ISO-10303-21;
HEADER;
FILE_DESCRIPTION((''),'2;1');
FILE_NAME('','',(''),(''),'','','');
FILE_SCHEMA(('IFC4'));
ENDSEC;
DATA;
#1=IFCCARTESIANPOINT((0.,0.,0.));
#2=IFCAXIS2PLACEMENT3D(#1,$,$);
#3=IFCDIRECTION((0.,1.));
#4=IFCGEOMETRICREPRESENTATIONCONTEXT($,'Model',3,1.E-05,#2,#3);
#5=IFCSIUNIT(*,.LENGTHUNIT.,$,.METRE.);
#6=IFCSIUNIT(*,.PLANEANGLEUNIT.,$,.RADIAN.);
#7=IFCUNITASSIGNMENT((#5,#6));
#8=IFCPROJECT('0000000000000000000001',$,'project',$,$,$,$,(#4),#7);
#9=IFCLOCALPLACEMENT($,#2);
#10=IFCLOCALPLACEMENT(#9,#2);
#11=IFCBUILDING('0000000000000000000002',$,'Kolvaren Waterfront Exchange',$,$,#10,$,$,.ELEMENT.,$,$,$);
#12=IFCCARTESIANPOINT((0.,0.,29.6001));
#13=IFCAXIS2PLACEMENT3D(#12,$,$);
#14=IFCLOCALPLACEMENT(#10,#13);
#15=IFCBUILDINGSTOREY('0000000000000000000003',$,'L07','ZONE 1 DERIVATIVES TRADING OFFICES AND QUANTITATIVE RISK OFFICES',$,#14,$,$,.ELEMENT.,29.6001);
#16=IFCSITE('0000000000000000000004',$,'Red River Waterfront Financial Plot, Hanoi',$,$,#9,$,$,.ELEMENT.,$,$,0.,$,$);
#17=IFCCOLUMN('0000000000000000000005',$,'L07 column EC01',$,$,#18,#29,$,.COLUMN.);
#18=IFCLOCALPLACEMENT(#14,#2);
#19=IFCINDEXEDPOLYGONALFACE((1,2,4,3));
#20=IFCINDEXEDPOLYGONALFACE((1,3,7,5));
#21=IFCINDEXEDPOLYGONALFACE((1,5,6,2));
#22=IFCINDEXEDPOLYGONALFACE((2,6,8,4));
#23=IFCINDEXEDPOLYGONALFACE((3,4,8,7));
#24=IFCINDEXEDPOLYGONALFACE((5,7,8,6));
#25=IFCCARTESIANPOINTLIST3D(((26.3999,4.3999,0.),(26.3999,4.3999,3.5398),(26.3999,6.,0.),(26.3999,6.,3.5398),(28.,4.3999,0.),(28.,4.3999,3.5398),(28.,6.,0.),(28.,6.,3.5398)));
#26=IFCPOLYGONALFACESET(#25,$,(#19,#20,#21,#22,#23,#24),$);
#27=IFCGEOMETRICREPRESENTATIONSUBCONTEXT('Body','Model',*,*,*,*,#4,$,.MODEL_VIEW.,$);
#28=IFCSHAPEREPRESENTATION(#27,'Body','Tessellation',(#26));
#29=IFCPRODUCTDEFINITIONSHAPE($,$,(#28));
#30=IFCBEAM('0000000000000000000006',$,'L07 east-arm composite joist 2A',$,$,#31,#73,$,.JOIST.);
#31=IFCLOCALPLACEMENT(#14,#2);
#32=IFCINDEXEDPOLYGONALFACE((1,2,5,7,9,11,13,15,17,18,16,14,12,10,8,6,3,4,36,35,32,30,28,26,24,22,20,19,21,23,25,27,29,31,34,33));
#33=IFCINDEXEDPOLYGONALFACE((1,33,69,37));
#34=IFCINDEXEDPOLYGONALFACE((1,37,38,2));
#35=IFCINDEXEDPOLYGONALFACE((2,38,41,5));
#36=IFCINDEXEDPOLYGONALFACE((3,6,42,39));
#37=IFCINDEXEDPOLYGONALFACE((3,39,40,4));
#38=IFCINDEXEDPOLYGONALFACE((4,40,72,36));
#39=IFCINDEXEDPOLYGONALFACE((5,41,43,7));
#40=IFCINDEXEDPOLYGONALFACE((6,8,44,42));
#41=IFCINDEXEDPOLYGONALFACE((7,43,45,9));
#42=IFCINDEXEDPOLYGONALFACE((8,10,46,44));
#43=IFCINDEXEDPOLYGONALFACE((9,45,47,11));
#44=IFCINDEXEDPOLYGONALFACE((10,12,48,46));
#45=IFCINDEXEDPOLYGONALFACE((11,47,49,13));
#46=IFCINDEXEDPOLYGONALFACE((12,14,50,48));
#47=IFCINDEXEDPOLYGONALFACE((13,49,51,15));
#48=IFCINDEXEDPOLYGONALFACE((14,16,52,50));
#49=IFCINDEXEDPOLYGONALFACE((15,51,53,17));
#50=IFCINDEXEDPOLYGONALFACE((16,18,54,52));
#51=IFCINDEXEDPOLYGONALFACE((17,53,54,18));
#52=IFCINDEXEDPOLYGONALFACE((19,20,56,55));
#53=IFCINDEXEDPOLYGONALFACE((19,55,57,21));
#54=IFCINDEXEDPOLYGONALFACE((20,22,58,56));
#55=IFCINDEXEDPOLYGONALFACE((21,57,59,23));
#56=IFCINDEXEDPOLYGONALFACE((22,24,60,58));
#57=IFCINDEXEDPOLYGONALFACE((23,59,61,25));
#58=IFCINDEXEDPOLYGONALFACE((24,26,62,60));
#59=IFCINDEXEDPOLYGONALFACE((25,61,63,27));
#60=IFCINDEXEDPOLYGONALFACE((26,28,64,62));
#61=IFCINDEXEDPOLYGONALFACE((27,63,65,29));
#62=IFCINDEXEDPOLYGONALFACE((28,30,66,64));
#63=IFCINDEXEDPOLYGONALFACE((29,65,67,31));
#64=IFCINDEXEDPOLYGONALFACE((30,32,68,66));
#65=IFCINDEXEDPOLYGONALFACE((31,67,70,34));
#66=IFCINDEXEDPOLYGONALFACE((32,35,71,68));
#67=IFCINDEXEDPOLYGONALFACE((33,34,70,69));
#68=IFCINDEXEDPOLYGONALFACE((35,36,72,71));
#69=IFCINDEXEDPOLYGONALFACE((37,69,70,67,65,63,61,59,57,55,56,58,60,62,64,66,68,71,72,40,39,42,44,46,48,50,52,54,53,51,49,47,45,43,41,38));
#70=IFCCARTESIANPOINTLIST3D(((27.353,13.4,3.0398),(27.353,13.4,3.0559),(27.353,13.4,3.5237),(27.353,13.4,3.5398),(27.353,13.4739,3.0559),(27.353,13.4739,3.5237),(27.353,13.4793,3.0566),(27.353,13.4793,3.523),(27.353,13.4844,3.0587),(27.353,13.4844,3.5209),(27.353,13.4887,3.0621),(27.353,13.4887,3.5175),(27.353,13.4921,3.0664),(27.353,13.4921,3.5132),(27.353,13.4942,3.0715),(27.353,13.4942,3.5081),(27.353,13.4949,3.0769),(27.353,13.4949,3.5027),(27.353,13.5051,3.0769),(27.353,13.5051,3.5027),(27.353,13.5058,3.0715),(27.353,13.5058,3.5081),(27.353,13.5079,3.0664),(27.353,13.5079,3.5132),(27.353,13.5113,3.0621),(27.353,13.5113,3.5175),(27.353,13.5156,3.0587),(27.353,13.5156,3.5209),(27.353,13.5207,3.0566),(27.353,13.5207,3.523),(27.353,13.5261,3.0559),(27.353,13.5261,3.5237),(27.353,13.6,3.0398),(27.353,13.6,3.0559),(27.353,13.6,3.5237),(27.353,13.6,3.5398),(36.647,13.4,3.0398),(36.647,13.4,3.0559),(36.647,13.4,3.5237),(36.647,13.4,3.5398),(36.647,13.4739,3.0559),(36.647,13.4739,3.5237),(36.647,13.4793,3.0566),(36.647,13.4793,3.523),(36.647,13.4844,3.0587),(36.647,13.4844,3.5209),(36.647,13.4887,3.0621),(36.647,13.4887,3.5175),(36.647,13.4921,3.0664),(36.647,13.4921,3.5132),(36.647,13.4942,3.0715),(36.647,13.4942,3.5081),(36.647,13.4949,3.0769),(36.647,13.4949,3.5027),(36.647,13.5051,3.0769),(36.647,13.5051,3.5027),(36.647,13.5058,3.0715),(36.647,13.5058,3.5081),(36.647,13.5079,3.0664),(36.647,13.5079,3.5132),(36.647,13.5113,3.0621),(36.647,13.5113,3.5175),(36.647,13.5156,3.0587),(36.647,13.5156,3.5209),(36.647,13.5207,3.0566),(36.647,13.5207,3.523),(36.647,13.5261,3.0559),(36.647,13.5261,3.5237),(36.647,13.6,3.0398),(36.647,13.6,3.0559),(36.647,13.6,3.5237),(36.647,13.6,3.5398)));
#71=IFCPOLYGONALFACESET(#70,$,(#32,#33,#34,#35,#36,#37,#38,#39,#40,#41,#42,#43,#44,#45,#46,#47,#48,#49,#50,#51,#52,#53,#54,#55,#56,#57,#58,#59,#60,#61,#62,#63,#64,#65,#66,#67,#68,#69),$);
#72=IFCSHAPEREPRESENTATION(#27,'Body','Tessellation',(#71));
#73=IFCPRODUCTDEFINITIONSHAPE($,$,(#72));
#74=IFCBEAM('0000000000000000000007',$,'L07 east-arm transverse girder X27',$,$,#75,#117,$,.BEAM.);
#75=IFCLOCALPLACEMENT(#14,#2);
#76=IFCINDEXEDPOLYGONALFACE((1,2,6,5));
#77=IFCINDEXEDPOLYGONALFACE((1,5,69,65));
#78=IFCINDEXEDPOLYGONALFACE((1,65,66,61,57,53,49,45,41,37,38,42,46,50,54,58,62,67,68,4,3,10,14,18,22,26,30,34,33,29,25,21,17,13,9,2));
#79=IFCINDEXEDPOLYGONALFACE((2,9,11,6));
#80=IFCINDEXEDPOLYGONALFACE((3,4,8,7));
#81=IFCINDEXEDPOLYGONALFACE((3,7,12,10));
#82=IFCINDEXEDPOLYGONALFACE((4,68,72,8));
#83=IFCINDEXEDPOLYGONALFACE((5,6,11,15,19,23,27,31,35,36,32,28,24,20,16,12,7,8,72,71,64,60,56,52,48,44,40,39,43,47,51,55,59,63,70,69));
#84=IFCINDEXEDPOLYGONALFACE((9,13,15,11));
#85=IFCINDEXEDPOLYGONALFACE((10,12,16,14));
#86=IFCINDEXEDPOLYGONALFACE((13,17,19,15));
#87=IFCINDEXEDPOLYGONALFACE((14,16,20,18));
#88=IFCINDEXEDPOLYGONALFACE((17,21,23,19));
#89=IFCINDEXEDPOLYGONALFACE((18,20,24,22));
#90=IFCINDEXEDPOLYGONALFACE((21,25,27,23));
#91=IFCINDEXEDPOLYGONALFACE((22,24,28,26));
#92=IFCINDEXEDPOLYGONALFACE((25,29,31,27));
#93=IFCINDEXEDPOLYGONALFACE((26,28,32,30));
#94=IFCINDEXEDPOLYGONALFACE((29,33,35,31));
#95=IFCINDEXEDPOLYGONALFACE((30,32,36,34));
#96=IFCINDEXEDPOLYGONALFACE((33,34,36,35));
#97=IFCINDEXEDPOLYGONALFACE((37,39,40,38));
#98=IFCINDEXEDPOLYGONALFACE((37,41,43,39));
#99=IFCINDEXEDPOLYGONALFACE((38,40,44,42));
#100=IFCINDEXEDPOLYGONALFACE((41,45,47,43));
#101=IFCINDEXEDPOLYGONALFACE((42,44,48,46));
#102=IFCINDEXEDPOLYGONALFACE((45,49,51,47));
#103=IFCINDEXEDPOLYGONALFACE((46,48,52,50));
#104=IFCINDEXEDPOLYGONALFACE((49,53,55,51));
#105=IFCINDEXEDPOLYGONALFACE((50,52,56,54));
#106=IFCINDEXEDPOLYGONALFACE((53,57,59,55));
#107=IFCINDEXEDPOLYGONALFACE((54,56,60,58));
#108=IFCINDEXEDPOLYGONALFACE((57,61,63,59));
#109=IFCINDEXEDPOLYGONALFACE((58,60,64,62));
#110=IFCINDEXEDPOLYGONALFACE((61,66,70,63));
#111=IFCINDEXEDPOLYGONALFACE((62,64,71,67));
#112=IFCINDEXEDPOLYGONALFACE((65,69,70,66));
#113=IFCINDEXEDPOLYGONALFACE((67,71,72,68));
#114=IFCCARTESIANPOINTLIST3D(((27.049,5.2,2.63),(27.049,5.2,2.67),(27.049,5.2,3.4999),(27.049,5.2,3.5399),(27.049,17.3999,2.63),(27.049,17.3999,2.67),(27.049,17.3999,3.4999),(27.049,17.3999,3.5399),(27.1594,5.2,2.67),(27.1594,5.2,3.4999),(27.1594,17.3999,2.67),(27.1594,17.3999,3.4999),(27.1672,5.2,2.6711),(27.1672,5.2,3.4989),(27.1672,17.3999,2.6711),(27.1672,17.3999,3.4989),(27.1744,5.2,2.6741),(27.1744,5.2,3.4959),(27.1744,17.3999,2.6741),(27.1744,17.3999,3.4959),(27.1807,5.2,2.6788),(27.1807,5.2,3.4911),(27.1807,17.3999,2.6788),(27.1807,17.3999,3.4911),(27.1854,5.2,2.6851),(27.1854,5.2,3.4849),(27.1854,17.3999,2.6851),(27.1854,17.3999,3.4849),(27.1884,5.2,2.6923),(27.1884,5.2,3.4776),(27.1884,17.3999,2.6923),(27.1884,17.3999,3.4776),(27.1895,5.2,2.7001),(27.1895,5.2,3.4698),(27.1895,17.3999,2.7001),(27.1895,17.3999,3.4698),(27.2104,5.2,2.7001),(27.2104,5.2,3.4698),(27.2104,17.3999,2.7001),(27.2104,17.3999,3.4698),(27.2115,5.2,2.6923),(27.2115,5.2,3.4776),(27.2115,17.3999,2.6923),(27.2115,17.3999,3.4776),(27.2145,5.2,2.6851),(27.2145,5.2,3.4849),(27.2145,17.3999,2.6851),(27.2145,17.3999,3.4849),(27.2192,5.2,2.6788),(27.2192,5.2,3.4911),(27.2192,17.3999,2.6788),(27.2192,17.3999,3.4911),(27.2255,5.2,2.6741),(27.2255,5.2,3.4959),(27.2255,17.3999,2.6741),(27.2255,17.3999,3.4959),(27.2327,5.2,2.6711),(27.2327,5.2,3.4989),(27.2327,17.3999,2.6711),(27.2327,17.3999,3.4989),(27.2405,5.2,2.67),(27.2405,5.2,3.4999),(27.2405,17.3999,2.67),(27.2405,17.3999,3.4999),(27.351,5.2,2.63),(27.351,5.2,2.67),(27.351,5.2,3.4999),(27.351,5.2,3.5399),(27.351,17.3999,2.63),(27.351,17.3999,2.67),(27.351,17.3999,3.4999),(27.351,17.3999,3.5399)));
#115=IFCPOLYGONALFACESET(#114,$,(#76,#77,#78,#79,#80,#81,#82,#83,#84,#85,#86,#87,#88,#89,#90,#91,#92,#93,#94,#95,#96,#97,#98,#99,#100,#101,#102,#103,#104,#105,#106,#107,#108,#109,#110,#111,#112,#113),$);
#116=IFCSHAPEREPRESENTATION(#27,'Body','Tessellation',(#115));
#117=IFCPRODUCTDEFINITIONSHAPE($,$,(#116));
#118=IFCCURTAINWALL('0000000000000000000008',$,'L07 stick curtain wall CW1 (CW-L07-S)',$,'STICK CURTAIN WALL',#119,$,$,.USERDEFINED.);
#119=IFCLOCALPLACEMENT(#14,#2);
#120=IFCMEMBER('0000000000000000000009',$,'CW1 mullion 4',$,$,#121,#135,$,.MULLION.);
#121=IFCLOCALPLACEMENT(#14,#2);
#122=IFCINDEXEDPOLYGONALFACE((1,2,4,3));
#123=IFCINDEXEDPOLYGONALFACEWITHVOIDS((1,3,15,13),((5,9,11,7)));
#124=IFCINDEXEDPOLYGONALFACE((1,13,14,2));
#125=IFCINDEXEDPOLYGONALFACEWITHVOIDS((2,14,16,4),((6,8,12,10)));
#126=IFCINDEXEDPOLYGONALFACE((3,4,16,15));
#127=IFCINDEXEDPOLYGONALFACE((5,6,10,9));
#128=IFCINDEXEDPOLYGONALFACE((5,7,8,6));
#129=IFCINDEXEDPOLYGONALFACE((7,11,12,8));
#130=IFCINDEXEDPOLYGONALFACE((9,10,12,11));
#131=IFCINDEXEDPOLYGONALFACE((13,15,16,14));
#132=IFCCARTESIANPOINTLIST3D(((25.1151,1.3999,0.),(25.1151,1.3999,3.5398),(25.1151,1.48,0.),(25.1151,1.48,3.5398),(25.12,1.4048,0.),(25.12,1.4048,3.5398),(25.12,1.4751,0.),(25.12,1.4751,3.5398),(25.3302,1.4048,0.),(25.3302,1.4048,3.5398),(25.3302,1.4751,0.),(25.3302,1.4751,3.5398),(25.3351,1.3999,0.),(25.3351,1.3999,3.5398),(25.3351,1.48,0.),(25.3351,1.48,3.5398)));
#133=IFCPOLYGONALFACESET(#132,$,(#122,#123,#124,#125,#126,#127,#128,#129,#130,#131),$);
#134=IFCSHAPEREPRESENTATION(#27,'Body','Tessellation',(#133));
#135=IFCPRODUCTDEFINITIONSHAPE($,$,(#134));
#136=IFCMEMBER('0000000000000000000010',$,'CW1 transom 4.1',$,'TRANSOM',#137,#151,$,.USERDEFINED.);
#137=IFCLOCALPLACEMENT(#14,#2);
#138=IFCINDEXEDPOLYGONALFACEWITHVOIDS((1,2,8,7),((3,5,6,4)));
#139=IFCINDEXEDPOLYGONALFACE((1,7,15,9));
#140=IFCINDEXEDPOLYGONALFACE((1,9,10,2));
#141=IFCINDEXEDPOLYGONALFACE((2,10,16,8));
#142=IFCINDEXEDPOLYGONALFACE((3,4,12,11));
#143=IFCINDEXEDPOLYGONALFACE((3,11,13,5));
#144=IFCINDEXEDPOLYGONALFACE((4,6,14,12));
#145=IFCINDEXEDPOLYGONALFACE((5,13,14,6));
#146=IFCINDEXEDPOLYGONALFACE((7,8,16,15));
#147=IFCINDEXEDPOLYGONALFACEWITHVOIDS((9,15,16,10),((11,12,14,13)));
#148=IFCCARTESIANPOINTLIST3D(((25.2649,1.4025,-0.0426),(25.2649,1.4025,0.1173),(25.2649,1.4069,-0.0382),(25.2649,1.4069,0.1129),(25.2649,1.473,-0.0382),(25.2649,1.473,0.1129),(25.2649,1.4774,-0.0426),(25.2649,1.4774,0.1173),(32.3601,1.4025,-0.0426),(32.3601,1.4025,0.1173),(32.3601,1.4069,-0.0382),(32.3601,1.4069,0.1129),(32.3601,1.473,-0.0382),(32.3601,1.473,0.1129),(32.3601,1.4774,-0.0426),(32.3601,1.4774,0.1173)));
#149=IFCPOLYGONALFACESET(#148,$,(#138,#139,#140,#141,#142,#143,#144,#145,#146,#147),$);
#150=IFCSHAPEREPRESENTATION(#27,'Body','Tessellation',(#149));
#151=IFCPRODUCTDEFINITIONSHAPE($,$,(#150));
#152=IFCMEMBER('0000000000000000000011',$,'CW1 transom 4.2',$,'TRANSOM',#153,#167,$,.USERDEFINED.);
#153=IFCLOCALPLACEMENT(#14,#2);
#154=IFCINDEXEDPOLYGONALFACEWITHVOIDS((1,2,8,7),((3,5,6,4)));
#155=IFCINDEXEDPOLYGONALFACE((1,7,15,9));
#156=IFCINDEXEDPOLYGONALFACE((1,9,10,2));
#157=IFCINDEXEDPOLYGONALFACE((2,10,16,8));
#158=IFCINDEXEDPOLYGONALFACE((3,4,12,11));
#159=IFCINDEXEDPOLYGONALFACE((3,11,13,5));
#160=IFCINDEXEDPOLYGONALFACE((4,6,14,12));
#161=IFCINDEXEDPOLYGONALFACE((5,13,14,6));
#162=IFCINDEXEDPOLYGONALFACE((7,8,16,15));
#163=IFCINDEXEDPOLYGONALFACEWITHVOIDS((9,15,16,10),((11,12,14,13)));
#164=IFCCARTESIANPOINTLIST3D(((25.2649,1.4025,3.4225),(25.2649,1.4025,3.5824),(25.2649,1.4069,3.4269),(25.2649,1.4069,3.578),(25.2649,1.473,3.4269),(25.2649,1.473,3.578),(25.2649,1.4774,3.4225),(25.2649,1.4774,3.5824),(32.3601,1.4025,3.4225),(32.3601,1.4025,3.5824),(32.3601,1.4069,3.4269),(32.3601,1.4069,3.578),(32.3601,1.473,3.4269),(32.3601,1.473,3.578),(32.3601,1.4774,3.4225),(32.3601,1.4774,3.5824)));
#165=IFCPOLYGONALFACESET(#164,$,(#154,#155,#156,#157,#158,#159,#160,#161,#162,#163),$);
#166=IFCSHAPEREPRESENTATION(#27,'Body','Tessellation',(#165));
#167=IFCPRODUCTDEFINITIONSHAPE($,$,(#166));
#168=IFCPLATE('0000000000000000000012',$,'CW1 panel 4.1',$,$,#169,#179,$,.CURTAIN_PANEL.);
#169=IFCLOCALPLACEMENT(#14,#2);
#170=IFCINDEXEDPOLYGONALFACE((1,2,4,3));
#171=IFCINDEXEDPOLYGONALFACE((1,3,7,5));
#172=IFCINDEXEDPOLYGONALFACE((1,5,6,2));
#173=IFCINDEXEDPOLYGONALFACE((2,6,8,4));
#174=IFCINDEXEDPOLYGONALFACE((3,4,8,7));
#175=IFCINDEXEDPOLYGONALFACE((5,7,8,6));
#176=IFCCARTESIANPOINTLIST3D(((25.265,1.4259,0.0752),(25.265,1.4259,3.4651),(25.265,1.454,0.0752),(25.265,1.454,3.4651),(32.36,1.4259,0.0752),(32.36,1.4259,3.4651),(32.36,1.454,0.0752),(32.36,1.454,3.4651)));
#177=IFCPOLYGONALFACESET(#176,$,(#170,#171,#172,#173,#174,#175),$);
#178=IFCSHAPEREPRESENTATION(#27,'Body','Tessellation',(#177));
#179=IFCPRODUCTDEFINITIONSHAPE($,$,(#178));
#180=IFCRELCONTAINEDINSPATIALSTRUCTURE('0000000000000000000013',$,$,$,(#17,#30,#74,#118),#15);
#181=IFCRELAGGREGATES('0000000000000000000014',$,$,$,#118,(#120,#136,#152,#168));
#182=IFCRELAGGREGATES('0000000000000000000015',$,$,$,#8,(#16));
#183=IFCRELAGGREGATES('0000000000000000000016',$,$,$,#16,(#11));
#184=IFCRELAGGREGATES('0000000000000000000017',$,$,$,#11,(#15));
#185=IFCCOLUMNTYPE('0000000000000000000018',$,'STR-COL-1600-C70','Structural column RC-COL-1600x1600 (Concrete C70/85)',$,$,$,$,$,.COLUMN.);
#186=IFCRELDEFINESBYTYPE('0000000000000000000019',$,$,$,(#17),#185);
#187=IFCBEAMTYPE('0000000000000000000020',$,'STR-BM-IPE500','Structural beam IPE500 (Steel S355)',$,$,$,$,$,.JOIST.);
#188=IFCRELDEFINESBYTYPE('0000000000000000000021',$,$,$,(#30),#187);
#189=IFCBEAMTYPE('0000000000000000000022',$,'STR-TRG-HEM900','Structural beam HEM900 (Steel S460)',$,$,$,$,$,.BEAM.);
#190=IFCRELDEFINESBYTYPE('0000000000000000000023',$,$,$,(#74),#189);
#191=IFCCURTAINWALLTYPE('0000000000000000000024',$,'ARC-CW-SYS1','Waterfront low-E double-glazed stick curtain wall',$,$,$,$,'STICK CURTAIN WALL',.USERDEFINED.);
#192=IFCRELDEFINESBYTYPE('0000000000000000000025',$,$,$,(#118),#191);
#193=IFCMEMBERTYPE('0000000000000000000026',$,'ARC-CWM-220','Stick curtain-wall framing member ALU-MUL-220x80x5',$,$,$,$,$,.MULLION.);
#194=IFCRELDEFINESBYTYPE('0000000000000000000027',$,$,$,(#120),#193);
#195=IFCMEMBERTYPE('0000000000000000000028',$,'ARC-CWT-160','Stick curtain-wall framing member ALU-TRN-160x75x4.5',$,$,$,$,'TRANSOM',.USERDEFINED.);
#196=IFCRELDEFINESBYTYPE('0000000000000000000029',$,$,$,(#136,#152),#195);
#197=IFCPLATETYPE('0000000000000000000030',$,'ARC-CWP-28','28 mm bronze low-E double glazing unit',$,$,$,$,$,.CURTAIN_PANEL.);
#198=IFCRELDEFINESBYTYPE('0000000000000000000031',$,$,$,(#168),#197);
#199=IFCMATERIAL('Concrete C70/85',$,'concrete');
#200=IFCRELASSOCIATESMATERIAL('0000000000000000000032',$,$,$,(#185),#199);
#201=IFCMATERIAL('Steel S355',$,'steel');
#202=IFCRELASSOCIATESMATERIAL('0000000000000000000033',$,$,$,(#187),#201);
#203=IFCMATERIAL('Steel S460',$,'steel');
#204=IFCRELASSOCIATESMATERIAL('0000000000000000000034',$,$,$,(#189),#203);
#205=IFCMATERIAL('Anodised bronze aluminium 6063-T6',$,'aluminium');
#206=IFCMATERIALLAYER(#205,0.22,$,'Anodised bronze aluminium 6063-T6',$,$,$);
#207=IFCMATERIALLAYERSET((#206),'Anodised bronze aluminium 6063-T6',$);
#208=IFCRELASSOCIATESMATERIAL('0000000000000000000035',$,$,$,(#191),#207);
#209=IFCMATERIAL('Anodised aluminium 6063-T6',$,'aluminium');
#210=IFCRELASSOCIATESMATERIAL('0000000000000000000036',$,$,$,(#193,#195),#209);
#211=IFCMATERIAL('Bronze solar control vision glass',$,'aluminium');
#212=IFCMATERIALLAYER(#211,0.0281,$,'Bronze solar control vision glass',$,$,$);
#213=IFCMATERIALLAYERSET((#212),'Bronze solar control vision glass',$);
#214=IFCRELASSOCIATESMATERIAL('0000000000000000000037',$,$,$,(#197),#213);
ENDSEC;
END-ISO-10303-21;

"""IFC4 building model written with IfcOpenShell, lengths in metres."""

from ifc_helpers import new_model, si_unit, direction, frame, origin, origin_with_axes, origin_2d, place, context, subcontext, project, spatial, rectangle, hollow_rectangle, i_section, extrude, source, transform, mapped, material, layer, layer_set, material_profile, profile_set, type_object, element, aggregate, save


model = new_model("IFC4")

# Units and contexts
model_context = context("Model", 3, precision=1e-05, world=origin(), true_north=direction((0.0, 1.0)))
body_context = subcontext(model_context, "Body", "Model", "MODEL_VIEW")
ifc_project = project(units=[si_unit("LENGTHUNIT", "METRE"), si_unit("PLANEANGLEUNIT", "RADIAN")], contexts=[model_context])

# Site, building, storey
site_placement = place(None, origin())
site = spatial("IfcSite", under=ifc_project, at=site_placement, Name="Red River Waterfront Financial Plot, Hanoi", CompositionType="ELEMENT", RefElevation=0.0)
building_placement = place(site_placement, origin())
building = spatial("IfcBuilding", under=site, at=building_placement, Name="Kolvaren Waterfront Exchange", CompositionType="ELEMENT")
storey_placement = place(building_placement, frame((0.0, 0.0, 29.6001)))
storey = spatial("IfcBuildingStorey", under=building, at=storey_placement, Name="L07", Description="ZONE 1 DERIVATIVES TRADING OFFICES AND QUANTITATIVE RISK OFFICES", CompositionType="ELEMENT", Elevation=29.6001)

# Column
ifc_material_1 = material(Name="Concrete C70/85", Category="concrete")
ifc_material_profile_1 = material_profile(ifc_material_1, rectangle(XDim=1.6001, YDim=1.6001, at=origin_2d()), Name="RC-COL-1600x1600")
ifc_profile_set_1 = profile_set([ifc_material_profile_1], Name="Concrete C70/85")
column_type = type_object("IfcColumnType", Name="STR-COL-1600-C70", Description="Structural column RC-COL-1600x1600 (Concrete C70/85)", PredefinedType="COLUMN", material=ifc_profile_set_1)
column_placement = place(storey_placement, frame((27.2, 5.2, 0.0), z_axis=(0.0, 0.0, 1.0), x_axis=(1.0, 0.0, 0.0)))
element("IfcColumn", 1, at=column_placement, inside=storey, type_object=column_type, Name="L07 column EC01", PredefinedType="COLUMN", context=body_context, shape_type="SweptSolid", body=[
    extrude(rectangle(XDim=1.6001, YDim=1.6001, at=origin_2d()), origin(), (0.0, 0.0, 1.0), 3.5398),
])

# Beams
ifc_material_2 = material(Name="Steel S355", Category="steel")
ifc_material_profile_2 = material_profile(ifc_material_2, i_section(OverallWidth=0.2, OverallDepth=0.5, WebThickness=0.0103, FlangeThickness=0.0161, FilletRadius=0.021, at=origin_2d()), Name="IPE500")
ifc_profile_set_2 = profile_set([ifc_material_profile_2], Name="Steel S355")
beam_type_1 = type_object("IfcBeamType", Name="STR-BM-IPE500", Description="Structural beam IPE500 (Steel S355)", PredefinedType="JOIST", material=ifc_profile_set_2)
beam_1_placement = place(storey_placement, frame((27.353, 13.5, 3.2898), z_axis=(1.0, 0.0, 0.0), x_axis=(0.0, 1.0, 0.0)))
element("IfcBeam", 2, at=beam_1_placement, inside=storey, type_object=beam_type_1, Name="L07 east-arm composite joist 2A", PredefinedType="JOIST", context=body_context, shape_type="SweptSolid", body=[
    extrude(i_section(OverallWidth=0.2, OverallDepth=0.5, WebThickness=0.0103, FlangeThickness=0.0161, FilletRadius=0.021, at=origin_2d()), origin(), (0.0, 0.0, 1.0), 9.2939),
])
ifc_material_3 = material(Name="Steel S460", Category="steel")
ifc_material_profile_3 = material_profile(ifc_material_3, i_section(OverallWidth=0.302, OverallDepth=0.9099, WebThickness=0.021, FlangeThickness=0.04, FilletRadius=0.03, at=origin_2d()), Name="HEM900")
ifc_profile_set_3 = profile_set([ifc_material_profile_3], Name="Steel S460")
beam_type_2 = type_object("IfcBeamType", Name="STR-TRG-HEM900", Description="Structural beam HEM900 (Steel S460)", PredefinedType="BEAM", material=ifc_profile_set_3)
beam_2_placement = place(storey_placement, frame((27.2, 5.2, 3.085), z_axis=(0.0, 1.0, 0.0), x_axis=(-1.0, 0.0, 0.0)))
element("IfcBeam", 3, at=beam_2_placement, inside=storey, type_object=beam_type_2, Name="L07 east-arm transverse girder X27", PredefinedType="BEAM", context=body_context, shape_type="SweptSolid", body=[
    extrude(i_section(OverallWidth=0.302, OverallDepth=0.9099, WebThickness=0.021, FlangeThickness=0.04, FilletRadius=0.03, at=origin_2d()), origin(), (0.0, 0.0, 1.0), 12.2),
])

# Curtain wall, members, plate
ifc_material_4 = material(Name="Anodised bronze aluminium 6063-T6", Category="aluminium")
ifc_layer_1 = layer(ifc_material_4, 0.22, Name="Anodised bronze aluminium 6063-T6")
ifc_layer_set_1 = layer_set([ifc_layer_1], Name="Anodised bronze aluminium 6063-T6")
curtain_wall_type = type_object("IfcCurtainWallType", Name="ARC-CW-SYS1", Description="Waterfront low-E double-glazed stick curtain wall", ElementType="STICK CURTAIN WALL", PredefinedType="USERDEFINED", material=ifc_layer_set_1)
curtain_wall_placement = place(storey_placement, origin())
curtain_wall = element("IfcCurtainWall", 4, at=curtain_wall_placement, inside=storey, type_object=curtain_wall_type, Name="L07 stick curtain wall CW1 (CW-L07-S)", ObjectType="STICK CURTAIN WALL", PredefinedType="USERDEFINED")
ifc_material_5 = material(Name="Anodised aluminium 6063-T6", Category="aluminium")
ifc_material_profile_4 = material_profile(ifc_material_5, hollow_rectangle(XDim=0.0801, YDim=0.22, WallThickness=0.0049, at=origin_2d()), Name="ALU-MUL-220x80x5")
ifc_profile_set_4 = profile_set([ifc_material_profile_4], Name="Anodised aluminium 6063-T6")
member_type_1 = type_object("IfcMemberType", Name="ARC-CWM-220", Description="Stick curtain-wall framing member ALU-MUL-220x80x5", PredefinedType="MULLION", material=ifc_profile_set_4)
shared_shape_1 = source(origin_with_axes(), body_context, "Body", "SweptSolid", [
    extrude(hollow_rectangle(XDim=0.0801, YDim=0.22, WallThickness=0.0049, at=origin_2d()), origin(), (0.0, 0.0, 1.0), 3.5398),
])
member_1_placement = place(storey_placement, frame((25.2251, 1.4399, 0.0), z_axis=(0.0, 0.0, 1.0), x_axis=(0.0, 1.0, 0.0)))
member_1 = element("IfcMember", 5, at=member_1_placement, type_object=member_type_1, Name="CW1 mullion 4", PredefinedType="MULLION", context=body_context, shape_type="MappedRepresentation", body=[
    mapped(shared_shape_1, transform((0.0, 0.0, 0.0), x_axis=(1.0, 0.0, 0.0), y_axis=(0.0, 1.0, 0.0), z_axis=(0.0, 0.0, 1.0), scale=1.0)),
])
ifc_material_profile_5 = material_profile(ifc_material_5, hollow_rectangle(XDim=0.075, YDim=0.1599, WallThickness=0.0044, at=origin_2d()), Name="ALU-TRN-160x75x4.5")
ifc_profile_set_5 = profile_set([ifc_material_profile_5], Name="Anodised aluminium 6063-T6")
member_type_2 = type_object("IfcMemberType", Name="ARC-CWT-160", Description="Stick curtain-wall framing member ALU-TRN-160x75x4.5", ElementType="TRANSOM", PredefinedType="USERDEFINED", material=ifc_profile_set_5)
shared_shape_2 = source(origin_with_axes(), body_context, "Body", "SweptSolid", [
    extrude(hollow_rectangle(XDim=0.075, YDim=0.1599, WallThickness=0.0044, at=origin_2d()), origin(), (0.0, 0.0, 1.0), 7.0952),
])
member_2_placement = place(storey_placement, frame((25.2649, 1.4399, 0.0374), z_axis=(1.0, 0.0, 0.0), x_axis=(0.0, 1.0, 0.0)))
member_2 = element("IfcMember", 6, at=member_2_placement, type_object=member_type_2, Name="CW1 transom 4.1", ObjectType="TRANSOM", PredefinedType="USERDEFINED", context=body_context, shape_type="MappedRepresentation", body=[
    mapped(shared_shape_2, transform((0.0, 0.0, 0.0), x_axis=(1.0, 0.0, 0.0), y_axis=(0.0, 1.0, 0.0), z_axis=(0.0, 0.0, 1.0), scale=1.0)),
])
member_3_placement = place(storey_placement, frame((25.2649, 1.4399, 3.5024), z_axis=(1.0, 0.0, 0.0), x_axis=(0.0, 1.0, 0.0)))
member_3 = element("IfcMember", 7, at=member_3_placement, type_object=member_type_2, Name="CW1 transom 4.2", ObjectType="TRANSOM", PredefinedType="USERDEFINED", context=body_context, shape_type="MappedRepresentation", body=[
    mapped(shared_shape_2, transform((0.0, 0.0, 0.0), x_axis=(1.0, 0.0, 0.0), y_axis=(0.0, 1.0, 0.0), z_axis=(0.0, 0.0, 1.0), scale=1.0)),
])
ifc_material_6 = material(Name="Bronze solar control vision glass", Category="aluminium")
ifc_layer_2 = layer(ifc_material_6, 0.0281, Name="Bronze solar control vision glass")
ifc_layer_set_2 = layer_set([ifc_layer_2], Name="Bronze solar control vision glass")
plate_type = type_object("IfcPlateType", Name="ARC-CWP-28", Description="28 mm bronze low-E double glazing unit", PredefinedType="CURTAIN_PANEL", material=ifc_layer_set_2)
shared_shape_3 = source(origin_with_axes(), body_context, "Body", "SweptSolid", [
    extrude(rectangle(XDim=7.095, YDim=0.0281, at=origin_2d()), origin(), (0.0, 0.0, 1.0), 3.3899),
])
plate_placement = place(storey_placement, frame((28.8125, 1.4399, 0.0752), z_axis=(0.0, 0.0, 1.0), x_axis=(1.0, 0.0, 0.0)))
plate = element("IfcPlate", 8, at=plate_placement, type_object=plate_type, Name="CW1 panel 4.1", PredefinedType="CURTAIN_PANEL", context=body_context, shape_type="MappedRepresentation", body=[
    mapped(shared_shape_3, transform((0.0, 0.0, 0.0), x_axis=(1.0, 0.0, 0.0), y_axis=(0.0, 1.0, 0.0), z_axis=(0.0, 0.0, 1.0), scale=1.0)),
])
aggregate(curtain_wall, [member_1, member_2, member_3, plate])

save(model, "model.ifc")
